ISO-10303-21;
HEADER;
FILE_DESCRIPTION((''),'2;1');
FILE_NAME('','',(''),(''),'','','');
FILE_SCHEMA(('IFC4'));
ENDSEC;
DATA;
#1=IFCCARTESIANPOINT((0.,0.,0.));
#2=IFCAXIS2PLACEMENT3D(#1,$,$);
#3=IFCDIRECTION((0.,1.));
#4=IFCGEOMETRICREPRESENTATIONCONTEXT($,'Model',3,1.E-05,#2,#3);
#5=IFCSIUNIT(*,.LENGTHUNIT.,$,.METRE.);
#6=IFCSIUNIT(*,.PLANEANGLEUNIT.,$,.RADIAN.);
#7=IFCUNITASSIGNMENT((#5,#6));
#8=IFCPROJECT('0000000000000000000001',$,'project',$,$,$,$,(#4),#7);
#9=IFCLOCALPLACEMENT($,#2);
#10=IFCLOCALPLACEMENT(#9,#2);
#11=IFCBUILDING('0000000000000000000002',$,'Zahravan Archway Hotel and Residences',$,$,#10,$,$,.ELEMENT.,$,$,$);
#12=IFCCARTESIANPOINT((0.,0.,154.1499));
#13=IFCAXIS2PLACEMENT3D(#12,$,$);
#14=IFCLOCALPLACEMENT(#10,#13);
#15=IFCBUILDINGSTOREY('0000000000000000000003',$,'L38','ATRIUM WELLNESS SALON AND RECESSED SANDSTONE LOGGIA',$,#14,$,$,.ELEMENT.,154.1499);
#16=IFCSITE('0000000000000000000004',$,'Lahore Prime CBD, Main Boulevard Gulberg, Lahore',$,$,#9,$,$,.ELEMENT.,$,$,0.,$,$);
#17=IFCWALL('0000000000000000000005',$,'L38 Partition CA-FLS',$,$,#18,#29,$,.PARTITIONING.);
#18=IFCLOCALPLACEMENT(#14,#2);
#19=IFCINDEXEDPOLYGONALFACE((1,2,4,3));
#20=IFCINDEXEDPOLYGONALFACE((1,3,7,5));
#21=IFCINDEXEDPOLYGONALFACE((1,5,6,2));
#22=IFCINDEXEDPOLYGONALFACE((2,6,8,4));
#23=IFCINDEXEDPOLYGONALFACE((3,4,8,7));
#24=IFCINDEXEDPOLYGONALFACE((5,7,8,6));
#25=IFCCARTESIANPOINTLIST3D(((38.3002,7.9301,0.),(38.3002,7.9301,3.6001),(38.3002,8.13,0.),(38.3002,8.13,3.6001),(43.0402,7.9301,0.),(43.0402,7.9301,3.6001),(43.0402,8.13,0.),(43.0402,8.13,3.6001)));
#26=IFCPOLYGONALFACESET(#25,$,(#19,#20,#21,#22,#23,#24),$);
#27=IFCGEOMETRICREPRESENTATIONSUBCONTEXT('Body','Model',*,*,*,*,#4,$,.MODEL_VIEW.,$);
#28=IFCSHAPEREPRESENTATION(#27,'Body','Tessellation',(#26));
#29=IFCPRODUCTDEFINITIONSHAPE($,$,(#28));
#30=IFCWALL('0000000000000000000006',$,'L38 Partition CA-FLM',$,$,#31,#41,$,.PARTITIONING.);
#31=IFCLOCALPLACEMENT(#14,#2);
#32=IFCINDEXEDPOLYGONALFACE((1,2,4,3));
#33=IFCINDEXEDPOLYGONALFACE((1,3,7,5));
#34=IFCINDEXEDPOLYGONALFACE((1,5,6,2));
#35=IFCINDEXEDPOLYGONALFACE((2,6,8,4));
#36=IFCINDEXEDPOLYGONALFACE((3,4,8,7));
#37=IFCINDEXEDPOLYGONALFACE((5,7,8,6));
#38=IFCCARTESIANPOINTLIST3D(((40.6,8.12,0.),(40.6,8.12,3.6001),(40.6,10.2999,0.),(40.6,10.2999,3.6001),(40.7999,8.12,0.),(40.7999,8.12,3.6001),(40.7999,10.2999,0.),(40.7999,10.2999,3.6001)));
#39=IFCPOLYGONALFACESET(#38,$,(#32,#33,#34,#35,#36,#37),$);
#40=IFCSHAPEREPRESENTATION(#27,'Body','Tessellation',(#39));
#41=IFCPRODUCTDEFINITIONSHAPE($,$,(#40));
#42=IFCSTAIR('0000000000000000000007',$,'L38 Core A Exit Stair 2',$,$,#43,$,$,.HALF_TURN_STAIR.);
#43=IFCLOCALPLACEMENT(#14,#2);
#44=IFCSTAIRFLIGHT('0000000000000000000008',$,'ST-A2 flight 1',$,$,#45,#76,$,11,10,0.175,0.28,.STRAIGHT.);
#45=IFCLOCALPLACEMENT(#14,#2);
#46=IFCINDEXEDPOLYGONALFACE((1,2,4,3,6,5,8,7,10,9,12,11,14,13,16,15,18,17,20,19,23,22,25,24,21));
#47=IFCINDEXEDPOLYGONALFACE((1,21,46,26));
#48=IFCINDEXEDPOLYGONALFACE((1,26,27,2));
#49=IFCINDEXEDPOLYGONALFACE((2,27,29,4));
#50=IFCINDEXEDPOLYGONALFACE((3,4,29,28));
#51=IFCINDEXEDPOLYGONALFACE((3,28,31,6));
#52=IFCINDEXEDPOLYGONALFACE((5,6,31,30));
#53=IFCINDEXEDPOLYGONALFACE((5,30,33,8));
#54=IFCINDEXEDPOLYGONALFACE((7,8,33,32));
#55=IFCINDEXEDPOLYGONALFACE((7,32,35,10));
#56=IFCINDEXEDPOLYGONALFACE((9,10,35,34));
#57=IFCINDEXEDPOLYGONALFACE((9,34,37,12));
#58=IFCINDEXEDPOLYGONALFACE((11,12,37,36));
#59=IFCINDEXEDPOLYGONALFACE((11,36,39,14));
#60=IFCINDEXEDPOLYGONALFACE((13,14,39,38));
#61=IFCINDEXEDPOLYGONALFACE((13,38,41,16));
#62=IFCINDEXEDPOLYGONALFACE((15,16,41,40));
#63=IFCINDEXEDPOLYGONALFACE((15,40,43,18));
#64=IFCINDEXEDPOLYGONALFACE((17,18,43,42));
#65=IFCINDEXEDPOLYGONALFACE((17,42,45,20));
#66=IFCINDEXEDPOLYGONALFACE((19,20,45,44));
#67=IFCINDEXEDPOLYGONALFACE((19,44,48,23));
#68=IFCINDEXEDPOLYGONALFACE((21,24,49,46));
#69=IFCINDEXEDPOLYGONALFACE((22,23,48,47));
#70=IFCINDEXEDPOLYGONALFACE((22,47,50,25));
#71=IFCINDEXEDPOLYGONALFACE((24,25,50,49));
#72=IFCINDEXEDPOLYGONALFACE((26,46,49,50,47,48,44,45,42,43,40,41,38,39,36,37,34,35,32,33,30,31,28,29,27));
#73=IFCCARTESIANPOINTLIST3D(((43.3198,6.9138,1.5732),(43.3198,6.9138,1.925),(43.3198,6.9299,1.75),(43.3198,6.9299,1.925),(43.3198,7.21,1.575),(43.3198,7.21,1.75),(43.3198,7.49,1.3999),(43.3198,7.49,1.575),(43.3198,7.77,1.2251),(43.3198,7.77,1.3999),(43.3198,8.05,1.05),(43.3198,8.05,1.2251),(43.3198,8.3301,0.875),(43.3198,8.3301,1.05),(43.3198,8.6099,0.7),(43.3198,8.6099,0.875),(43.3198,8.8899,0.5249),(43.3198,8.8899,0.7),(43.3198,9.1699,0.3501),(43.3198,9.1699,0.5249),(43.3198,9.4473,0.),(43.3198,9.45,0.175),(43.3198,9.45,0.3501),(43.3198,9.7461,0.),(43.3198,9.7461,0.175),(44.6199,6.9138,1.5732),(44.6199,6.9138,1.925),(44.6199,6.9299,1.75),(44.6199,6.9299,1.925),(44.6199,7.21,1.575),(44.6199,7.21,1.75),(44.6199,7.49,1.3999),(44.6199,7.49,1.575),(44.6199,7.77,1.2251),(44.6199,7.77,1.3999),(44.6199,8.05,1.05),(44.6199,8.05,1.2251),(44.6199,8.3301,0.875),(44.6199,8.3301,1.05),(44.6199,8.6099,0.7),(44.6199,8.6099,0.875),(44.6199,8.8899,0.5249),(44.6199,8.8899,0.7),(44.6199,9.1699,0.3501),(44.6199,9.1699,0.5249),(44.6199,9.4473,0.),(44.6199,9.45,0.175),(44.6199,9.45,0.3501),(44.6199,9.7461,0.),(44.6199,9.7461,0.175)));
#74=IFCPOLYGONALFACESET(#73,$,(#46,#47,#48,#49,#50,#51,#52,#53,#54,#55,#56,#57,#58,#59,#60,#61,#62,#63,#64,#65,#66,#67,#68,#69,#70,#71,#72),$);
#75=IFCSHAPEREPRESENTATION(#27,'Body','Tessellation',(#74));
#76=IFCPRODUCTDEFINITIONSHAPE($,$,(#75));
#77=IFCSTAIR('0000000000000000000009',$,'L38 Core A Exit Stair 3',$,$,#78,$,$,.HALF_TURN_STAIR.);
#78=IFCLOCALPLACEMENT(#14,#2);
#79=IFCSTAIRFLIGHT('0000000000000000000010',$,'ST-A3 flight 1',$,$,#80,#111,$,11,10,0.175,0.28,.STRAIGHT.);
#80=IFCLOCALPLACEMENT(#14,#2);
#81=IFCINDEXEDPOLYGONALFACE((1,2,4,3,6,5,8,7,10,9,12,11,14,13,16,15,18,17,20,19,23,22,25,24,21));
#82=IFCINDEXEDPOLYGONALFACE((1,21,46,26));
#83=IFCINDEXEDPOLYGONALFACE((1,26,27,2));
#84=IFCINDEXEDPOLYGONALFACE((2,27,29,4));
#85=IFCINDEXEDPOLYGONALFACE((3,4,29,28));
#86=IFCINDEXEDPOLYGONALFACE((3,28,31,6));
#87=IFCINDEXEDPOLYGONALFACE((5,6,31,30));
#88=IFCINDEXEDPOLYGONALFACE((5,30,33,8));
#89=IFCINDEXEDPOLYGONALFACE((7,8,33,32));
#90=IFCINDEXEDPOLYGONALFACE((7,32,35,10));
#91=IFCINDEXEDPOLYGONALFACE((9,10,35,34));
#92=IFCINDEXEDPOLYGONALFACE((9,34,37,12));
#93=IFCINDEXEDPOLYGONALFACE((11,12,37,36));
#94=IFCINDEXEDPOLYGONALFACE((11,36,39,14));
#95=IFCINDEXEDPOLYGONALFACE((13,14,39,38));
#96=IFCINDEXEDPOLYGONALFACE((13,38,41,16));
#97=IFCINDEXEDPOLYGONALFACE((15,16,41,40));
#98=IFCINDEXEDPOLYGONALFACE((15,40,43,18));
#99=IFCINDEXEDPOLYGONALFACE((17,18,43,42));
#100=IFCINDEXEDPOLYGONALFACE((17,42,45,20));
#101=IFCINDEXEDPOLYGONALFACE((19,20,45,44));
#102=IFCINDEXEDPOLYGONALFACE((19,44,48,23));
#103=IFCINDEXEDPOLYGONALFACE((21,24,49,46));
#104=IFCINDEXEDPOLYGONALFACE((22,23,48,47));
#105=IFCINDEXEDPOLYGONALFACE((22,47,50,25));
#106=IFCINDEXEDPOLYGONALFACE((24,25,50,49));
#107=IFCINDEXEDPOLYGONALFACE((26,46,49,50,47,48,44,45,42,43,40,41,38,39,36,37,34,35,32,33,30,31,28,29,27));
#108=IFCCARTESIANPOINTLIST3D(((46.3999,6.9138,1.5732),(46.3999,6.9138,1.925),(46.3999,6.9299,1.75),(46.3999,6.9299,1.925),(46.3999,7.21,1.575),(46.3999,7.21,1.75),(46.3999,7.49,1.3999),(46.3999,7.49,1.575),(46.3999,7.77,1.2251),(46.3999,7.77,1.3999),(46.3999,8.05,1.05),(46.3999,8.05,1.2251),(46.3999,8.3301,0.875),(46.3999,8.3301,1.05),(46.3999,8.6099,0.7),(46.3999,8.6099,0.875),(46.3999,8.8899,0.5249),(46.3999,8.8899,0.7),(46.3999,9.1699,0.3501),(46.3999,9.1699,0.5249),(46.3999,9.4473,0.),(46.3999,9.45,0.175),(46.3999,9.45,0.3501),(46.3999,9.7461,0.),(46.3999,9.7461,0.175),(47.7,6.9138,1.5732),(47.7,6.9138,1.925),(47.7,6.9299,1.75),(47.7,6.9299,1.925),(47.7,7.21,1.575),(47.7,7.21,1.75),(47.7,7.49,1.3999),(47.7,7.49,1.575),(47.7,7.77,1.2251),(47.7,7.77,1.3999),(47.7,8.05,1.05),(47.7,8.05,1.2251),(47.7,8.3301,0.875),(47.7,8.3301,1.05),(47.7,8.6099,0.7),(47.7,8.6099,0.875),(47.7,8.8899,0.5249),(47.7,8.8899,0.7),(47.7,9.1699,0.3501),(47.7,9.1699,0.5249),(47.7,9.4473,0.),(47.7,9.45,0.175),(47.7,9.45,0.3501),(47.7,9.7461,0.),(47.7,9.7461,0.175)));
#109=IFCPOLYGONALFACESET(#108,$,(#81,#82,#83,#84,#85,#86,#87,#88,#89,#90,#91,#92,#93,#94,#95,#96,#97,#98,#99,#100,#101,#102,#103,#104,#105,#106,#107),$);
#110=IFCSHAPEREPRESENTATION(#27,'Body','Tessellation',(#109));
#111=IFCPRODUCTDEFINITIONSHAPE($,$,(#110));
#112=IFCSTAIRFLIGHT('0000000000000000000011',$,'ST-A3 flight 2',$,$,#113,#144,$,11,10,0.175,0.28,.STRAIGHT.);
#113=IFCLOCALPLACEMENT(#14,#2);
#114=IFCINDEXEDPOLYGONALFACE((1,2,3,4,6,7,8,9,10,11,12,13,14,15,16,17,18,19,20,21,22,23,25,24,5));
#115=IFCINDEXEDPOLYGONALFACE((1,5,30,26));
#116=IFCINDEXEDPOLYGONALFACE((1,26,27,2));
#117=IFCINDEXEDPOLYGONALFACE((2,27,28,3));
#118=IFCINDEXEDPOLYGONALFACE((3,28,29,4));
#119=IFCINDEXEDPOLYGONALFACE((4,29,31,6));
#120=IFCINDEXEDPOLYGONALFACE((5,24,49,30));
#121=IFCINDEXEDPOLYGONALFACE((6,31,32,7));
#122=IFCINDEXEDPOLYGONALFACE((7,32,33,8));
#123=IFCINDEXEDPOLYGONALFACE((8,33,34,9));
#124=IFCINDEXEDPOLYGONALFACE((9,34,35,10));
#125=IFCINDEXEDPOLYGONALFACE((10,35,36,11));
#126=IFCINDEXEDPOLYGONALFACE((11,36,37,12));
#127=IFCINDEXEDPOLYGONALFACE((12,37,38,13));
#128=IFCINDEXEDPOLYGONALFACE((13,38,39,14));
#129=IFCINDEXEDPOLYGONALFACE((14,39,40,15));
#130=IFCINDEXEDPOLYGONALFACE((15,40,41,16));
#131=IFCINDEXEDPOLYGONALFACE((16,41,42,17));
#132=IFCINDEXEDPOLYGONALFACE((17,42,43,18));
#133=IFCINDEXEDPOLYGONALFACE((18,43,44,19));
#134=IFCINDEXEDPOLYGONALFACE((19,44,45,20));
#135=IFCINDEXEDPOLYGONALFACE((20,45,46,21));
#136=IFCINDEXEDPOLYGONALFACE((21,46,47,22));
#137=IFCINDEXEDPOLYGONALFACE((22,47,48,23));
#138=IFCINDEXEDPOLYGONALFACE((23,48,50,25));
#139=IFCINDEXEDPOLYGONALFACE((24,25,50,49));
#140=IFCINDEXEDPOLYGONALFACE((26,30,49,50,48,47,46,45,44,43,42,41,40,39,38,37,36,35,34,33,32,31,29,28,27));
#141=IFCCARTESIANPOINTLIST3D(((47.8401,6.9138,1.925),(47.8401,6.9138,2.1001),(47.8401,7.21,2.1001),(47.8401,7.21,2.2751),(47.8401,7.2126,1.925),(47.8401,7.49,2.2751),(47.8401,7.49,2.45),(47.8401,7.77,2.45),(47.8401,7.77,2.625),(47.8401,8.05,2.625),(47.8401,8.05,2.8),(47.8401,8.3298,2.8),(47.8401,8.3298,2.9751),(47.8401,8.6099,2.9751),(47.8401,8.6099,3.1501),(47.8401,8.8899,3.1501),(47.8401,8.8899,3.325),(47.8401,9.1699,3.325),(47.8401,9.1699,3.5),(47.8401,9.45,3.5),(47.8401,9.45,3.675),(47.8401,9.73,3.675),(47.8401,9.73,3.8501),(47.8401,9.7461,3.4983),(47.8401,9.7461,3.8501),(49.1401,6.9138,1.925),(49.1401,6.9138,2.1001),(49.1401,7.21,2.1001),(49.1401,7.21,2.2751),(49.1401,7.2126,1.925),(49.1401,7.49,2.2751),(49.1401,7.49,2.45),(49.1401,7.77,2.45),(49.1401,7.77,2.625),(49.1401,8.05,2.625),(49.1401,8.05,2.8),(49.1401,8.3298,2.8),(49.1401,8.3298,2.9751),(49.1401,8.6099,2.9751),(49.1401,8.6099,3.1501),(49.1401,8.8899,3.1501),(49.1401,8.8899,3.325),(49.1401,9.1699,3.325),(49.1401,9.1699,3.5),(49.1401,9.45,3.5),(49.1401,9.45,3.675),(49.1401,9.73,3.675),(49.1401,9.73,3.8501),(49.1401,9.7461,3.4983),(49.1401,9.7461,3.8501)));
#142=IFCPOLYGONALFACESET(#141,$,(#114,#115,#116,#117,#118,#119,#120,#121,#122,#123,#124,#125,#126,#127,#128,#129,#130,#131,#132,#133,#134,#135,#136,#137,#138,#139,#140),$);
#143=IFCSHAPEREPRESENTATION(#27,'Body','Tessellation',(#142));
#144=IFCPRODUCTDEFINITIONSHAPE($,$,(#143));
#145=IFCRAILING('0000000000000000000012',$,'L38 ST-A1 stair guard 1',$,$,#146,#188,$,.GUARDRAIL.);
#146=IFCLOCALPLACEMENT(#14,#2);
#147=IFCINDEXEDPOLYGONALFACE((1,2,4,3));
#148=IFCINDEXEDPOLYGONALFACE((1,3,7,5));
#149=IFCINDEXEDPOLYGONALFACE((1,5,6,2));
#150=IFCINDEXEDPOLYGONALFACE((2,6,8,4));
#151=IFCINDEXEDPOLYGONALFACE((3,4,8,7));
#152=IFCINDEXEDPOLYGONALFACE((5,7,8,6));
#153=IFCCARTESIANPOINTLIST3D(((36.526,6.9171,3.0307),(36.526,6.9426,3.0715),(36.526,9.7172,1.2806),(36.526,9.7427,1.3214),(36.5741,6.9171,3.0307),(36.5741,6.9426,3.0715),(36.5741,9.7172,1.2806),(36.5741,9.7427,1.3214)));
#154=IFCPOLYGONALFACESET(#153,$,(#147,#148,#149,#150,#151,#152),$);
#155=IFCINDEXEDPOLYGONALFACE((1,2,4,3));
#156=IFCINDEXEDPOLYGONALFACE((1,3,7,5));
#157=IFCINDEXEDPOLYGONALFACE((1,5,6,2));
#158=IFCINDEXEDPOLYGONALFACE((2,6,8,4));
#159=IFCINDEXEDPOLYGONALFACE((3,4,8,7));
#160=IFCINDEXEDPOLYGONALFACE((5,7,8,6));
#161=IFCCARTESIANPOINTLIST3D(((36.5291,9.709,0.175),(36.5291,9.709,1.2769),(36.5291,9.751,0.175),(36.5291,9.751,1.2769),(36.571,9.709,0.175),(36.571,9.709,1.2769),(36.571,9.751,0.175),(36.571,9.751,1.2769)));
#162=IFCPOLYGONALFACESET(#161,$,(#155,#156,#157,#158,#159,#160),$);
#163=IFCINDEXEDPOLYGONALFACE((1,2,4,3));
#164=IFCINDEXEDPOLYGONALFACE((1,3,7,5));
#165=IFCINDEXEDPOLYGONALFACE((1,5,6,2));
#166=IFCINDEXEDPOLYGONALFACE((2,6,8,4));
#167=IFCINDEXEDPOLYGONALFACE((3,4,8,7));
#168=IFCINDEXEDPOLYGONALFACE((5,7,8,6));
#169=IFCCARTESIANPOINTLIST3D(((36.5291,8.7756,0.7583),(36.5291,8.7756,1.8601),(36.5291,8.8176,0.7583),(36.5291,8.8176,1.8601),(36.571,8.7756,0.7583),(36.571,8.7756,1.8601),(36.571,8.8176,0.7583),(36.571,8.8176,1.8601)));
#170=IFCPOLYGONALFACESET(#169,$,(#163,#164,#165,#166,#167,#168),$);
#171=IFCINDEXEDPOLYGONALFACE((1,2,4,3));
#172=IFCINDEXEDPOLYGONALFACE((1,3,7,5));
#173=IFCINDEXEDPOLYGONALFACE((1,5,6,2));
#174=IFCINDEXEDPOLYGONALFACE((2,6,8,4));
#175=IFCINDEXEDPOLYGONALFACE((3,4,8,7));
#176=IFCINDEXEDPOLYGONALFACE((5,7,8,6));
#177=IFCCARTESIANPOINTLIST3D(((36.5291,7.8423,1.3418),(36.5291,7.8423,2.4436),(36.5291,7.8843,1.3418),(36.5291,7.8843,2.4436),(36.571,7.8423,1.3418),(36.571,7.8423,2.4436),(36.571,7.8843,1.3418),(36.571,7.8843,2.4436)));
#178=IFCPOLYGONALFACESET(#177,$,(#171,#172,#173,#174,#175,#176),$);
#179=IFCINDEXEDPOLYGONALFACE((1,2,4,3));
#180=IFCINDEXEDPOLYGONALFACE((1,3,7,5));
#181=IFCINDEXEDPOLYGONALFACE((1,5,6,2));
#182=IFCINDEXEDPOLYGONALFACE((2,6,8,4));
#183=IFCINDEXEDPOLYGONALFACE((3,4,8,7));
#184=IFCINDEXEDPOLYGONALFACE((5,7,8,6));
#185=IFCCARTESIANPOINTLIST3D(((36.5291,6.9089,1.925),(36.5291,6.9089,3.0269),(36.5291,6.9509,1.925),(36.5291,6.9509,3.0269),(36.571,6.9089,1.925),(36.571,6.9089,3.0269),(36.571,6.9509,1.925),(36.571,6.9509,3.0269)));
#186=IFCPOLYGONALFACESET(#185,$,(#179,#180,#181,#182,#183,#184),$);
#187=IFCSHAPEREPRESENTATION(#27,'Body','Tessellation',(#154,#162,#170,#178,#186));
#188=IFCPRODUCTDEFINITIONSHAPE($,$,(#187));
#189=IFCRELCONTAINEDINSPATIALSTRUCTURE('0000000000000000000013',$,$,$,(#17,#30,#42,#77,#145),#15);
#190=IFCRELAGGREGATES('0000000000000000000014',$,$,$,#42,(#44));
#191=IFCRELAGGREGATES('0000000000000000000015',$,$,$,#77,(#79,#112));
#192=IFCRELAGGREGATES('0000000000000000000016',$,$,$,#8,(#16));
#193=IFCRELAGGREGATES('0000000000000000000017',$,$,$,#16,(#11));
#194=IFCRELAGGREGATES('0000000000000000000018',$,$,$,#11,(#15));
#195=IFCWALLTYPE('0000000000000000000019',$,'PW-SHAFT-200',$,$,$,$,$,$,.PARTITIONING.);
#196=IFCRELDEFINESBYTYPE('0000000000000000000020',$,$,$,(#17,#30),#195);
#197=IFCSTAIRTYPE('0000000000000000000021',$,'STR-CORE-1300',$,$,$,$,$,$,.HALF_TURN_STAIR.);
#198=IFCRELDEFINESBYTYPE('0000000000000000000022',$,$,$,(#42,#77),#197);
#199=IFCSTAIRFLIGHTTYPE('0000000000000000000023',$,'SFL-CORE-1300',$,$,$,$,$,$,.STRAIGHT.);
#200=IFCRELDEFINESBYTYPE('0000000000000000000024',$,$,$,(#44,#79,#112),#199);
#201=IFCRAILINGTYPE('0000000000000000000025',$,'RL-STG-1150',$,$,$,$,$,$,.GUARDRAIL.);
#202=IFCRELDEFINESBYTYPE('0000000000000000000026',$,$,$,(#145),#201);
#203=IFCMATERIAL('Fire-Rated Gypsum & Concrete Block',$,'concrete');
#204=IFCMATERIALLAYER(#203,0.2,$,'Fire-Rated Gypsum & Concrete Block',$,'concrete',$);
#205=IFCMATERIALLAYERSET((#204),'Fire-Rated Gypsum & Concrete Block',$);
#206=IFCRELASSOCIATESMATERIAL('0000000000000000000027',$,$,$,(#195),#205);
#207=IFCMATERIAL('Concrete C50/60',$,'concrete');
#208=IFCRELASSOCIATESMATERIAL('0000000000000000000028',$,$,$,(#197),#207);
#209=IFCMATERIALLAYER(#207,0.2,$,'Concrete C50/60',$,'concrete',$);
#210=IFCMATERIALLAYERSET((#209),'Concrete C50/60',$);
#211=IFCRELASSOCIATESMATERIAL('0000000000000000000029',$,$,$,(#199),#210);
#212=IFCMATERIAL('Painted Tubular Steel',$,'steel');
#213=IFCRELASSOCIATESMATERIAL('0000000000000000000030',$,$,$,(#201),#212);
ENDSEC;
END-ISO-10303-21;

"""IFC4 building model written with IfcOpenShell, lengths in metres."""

from ifc_helpers import new_model, si_unit, direction, frame, frame_2d, origin, origin_2d, place, context, subcontext, project, spatial, polyline, rectangle, outline, extrude, source, transform, mapped, material, layer, layer_set, type_object, element, aggregate, save


model = new_model("IFC4")

# Units and contexts
model_context = context("Model", 3, precision=1e-05, world=origin(), true_north=direction((0.0, 1.0)))
body_context = subcontext(model_context, "Body", "Model", "MODEL_VIEW")
ifc_project = project(units=[si_unit("LENGTHUNIT", "METRE"), si_unit("PLANEANGLEUNIT", "RADIAN")], contexts=[model_context])

# Site, building, storey
site_placement = place(None, origin())
site = spatial("IfcSite", under=ifc_project, at=site_placement, Name="Lahore Prime CBD, Main Boulevard Gulberg, Lahore", CompositionType="ELEMENT", RefElevation=0.0)
building_placement = place(site_placement, origin())
building = spatial("IfcBuilding", under=site, at=building_placement, Name="Zahravan Archway Hotel and Residences", CompositionType="ELEMENT")
storey_placement = place(building_placement, frame((0.0, 0.0, 154.1499)))
storey = spatial("IfcBuildingStorey", under=building, at=storey_placement, Name="L38", Description="ATRIUM WELLNESS SALON AND RECESSED SANDSTONE LOGGIA", CompositionType="ELEMENT", Elevation=154.1499)

# Walls
ifc_material_1 = material(Name="Fire-Rated Gypsum & Concrete Block", Category="concrete")
ifc_layer_1 = layer(ifc_material_1, 0.2, Name="Fire-Rated Gypsum & Concrete Block", Category="concrete")
ifc_layer_set_1 = layer_set([ifc_layer_1], Name="Fire-Rated Gypsum & Concrete Block")
wall_type = type_object("IfcWallType", Name="PW-SHAFT-200", PredefinedType="PARTITIONING", material=ifc_layer_set_1)
wall_1_placement = place(storey_placement, frame((38.3, 8.03, 0.0), z_axis=(0.0, 0.0, 1.0), x_axis=(1.0, 0.0, 0.0)))
element("IfcWall", 1, at=wall_1_placement, inside=storey, type_object=wall_type, Name="L38 Partition CA-FLS", PredefinedType="PARTITIONING", context=body_context, shape_type="SweptSolid", body=[
    extrude(rectangle(XDim=4.74, YDim=0.2, at=frame_2d((2.3701, 0.0))), origin(), (0.0, 0.0, 1.0), 3.6001),
])
wall_2_placement = place(storey_placement, frame((40.7, 8.1201, 0.0), z_axis=(0.0, 0.0, 1.0), x_axis=(0.0, 1.0, 0.0)))
element("IfcWall", 2, at=wall_2_placement, inside=storey, type_object=wall_type, Name="L38 Partition CA-FLM", PredefinedType="PARTITIONING", context=body_context, shape_type="SweptSolid", body=[
    extrude(rectangle(XDim=2.1799, YDim=0.2, at=frame_2d((1.0898, 0.0))), origin(), (0.0, 0.0, 1.0), 3.6001),
])

# Stair, stair flight
ifc_material_2 = material(Name="Concrete C50/60", Category="concrete")
stair_type = type_object("IfcStairType", Name="STR-CORE-1300", PredefinedType="HALF_TURN_STAIR", material=ifc_material_2)
stair_1_placement = place(storey_placement, origin())
stair_1 = element("IfcStair", 3, at=stair_1_placement, inside=storey, type_object=stair_type, Name="L38 Core A Exit Stair 2", PredefinedType="HALF_TURN_STAIR")
ifc_layer_2 = layer(ifc_material_2, 0.2, Name="Concrete C50/60", Category="concrete")
ifc_layer_set_2 = layer_set([ifc_layer_2], Name="Concrete C50/60")
stair_flight_type = type_object("IfcStairFlightType", Name="SFL-CORE-1300", PredefinedType="STRAIGHT", material=ifc_layer_set_2)
shared_shape = source(origin(), body_context, "Body", "SweptSolid", [
    extrude(outline(polyline([(-0.0161, 0.0), (-0.0161, 0.175), (0.28, 0.175), (0.28, 0.3501), (0.5601, 0.3501), (0.5601, 0.5249), (0.8401, 0.5249), (0.8401, 0.7), (1.1201, 0.7), (1.1201, 0.875), (1.3999, 0.875), (1.3999, 1.05), (1.6799, 1.05), (1.6799, 1.2251), (1.96, 1.2251), (1.96, 1.3999), (2.24, 1.3999), (2.24, 1.575), (2.52, 1.575), (2.52, 1.75), (2.8, 1.75), (2.8, 1.925), (2.8162, 1.925), (2.8162, 1.5732), (0.2827, 0.0), (-0.0161, 0.0)])), frame((0.0, 0.6499, 0.0), z_axis=(0.0, -1.0, 0.0), x_axis=(1.0, 0.0, 0.0)), (0.0, 0.0, 1.0), 1.3),
])
stair_flight_1_placement = place(storey_placement, frame((43.97, 9.73, 0.0), z_axis=(0.0, 0.0, 1.0), x_axis=(0.0, -1.0, 0.0)))
stair_flight_1 = element("IfcStairFlight", 4, at=stair_flight_1_placement, type_object=stair_flight_type, Name="ST-A2 flight 1", NumberOfRisers=11, NumberOfTreads=10, PredefinedType="STRAIGHT", RiserHeight=0.175, TreadLength=0.28, context=body_context, shape_type="MappedRepresentation", body=[
    mapped(shared_shape, transform((0.0, 0.0, 0.0), scale=1.0)),
])
aggregate(stair_1, [stair_flight_1])

# Stair, stair flights
stair_2_placement = place(storey_placement, origin())
stair_2 = element("IfcStair", 5, at=stair_2_placement, inside=storey, type_object=stair_type, Name="L38 Core A Exit Stair 3", PredefinedType="HALF_TURN_STAIR")
stair_flight_2_placement = place(storey_placement, frame((47.05, 9.73, 0.0), z_axis=(0.0, 0.0, 1.0), x_axis=(0.0, -1.0, 0.0)))
stair_flight_2 = element("IfcStairFlight", 6, at=stair_flight_2_placement, type_object=stair_flight_type, Name="ST-A3 flight 1", NumberOfRisers=11, NumberOfTreads=10, PredefinedType="STRAIGHT", RiserHeight=0.175, TreadLength=0.28, context=body_context, shape_type="MappedRepresentation", body=[
    mapped(shared_shape, transform((0.0, 0.0, 0.0), scale=1.0)),
])
stair_flight_3_placement = place(storey_placement, frame((48.49, 6.9299, 1.925), z_axis=(0.0, 0.0, 1.0), x_axis=(0.0, 1.0, 0.0)))
stair_flight_3 = element("IfcStairFlight", 7, at=stair_flight_3_placement, type_object=stair_flight_type, Name="ST-A3 flight 2", NumberOfRisers=11, NumberOfTreads=10, PredefinedType="STRAIGHT", RiserHeight=0.175, TreadLength=0.28, context=body_context, shape_type="MappedRepresentation", body=[
    mapped(shared_shape, transform((0.0, 0.0, 0.0), scale=1.0)),
])
aggregate(stair_2, [stair_flight_2, stair_flight_3])

# Railing
ifc_material_3 = material(Name="Painted Tubular Steel", Category="steel")
railing_type_1 = type_object("IfcRailingType", Name="RL-STG-1150", PredefinedType="GUARDRAIL", material=ifc_material_3)
railing_1_placement = place(storey_placement, frame((36.55, 9.73, 0.175)))
element("IfcRailing", 8, at=railing_1_placement, inside=storey, type_object=railing_type_1, Name="L38 ST-A1 stair guard 1", PredefinedType="GUARDRAIL", context=body_context, shape_type="SweptSolid", body=[
    extrude(rectangle(XDim=0.0481, YDim=0.0481, at=origin_2d()), frame((0.0, 0.0, 1.126), z_axis=(0.0, -0.848002, 0.529992), x_axis=(1.0, 0.0, 0.0)), (0.0, 0.0, 1.0), 3.302),
    extrude(rectangle(XDim=0.042, YDim=0.042, at=origin_2d()), origin(), (0.0, 0.0, 1.0), 1.1018),
    extrude(rectangle(XDim=0.042, YDim=0.042, at=origin_2d()), frame((0.0, -0.9333, 0.5833)), (0.0, 0.0, 1.0), 1.1018),
    extrude(rectangle(XDim=0.042, YDim=0.042, at=origin_2d()), frame((0.0, -1.8667, 1.1667)), (0.0, 0.0, 1.0), 1.1018),
    extrude(rectangle(XDim=0.042, YDim=0.042, at=origin_2d()), frame((0.0, -2.8, 1.75)), (0.0, 0.0, 1.0), 1.1018),
])

save(model, "model.ifc")
